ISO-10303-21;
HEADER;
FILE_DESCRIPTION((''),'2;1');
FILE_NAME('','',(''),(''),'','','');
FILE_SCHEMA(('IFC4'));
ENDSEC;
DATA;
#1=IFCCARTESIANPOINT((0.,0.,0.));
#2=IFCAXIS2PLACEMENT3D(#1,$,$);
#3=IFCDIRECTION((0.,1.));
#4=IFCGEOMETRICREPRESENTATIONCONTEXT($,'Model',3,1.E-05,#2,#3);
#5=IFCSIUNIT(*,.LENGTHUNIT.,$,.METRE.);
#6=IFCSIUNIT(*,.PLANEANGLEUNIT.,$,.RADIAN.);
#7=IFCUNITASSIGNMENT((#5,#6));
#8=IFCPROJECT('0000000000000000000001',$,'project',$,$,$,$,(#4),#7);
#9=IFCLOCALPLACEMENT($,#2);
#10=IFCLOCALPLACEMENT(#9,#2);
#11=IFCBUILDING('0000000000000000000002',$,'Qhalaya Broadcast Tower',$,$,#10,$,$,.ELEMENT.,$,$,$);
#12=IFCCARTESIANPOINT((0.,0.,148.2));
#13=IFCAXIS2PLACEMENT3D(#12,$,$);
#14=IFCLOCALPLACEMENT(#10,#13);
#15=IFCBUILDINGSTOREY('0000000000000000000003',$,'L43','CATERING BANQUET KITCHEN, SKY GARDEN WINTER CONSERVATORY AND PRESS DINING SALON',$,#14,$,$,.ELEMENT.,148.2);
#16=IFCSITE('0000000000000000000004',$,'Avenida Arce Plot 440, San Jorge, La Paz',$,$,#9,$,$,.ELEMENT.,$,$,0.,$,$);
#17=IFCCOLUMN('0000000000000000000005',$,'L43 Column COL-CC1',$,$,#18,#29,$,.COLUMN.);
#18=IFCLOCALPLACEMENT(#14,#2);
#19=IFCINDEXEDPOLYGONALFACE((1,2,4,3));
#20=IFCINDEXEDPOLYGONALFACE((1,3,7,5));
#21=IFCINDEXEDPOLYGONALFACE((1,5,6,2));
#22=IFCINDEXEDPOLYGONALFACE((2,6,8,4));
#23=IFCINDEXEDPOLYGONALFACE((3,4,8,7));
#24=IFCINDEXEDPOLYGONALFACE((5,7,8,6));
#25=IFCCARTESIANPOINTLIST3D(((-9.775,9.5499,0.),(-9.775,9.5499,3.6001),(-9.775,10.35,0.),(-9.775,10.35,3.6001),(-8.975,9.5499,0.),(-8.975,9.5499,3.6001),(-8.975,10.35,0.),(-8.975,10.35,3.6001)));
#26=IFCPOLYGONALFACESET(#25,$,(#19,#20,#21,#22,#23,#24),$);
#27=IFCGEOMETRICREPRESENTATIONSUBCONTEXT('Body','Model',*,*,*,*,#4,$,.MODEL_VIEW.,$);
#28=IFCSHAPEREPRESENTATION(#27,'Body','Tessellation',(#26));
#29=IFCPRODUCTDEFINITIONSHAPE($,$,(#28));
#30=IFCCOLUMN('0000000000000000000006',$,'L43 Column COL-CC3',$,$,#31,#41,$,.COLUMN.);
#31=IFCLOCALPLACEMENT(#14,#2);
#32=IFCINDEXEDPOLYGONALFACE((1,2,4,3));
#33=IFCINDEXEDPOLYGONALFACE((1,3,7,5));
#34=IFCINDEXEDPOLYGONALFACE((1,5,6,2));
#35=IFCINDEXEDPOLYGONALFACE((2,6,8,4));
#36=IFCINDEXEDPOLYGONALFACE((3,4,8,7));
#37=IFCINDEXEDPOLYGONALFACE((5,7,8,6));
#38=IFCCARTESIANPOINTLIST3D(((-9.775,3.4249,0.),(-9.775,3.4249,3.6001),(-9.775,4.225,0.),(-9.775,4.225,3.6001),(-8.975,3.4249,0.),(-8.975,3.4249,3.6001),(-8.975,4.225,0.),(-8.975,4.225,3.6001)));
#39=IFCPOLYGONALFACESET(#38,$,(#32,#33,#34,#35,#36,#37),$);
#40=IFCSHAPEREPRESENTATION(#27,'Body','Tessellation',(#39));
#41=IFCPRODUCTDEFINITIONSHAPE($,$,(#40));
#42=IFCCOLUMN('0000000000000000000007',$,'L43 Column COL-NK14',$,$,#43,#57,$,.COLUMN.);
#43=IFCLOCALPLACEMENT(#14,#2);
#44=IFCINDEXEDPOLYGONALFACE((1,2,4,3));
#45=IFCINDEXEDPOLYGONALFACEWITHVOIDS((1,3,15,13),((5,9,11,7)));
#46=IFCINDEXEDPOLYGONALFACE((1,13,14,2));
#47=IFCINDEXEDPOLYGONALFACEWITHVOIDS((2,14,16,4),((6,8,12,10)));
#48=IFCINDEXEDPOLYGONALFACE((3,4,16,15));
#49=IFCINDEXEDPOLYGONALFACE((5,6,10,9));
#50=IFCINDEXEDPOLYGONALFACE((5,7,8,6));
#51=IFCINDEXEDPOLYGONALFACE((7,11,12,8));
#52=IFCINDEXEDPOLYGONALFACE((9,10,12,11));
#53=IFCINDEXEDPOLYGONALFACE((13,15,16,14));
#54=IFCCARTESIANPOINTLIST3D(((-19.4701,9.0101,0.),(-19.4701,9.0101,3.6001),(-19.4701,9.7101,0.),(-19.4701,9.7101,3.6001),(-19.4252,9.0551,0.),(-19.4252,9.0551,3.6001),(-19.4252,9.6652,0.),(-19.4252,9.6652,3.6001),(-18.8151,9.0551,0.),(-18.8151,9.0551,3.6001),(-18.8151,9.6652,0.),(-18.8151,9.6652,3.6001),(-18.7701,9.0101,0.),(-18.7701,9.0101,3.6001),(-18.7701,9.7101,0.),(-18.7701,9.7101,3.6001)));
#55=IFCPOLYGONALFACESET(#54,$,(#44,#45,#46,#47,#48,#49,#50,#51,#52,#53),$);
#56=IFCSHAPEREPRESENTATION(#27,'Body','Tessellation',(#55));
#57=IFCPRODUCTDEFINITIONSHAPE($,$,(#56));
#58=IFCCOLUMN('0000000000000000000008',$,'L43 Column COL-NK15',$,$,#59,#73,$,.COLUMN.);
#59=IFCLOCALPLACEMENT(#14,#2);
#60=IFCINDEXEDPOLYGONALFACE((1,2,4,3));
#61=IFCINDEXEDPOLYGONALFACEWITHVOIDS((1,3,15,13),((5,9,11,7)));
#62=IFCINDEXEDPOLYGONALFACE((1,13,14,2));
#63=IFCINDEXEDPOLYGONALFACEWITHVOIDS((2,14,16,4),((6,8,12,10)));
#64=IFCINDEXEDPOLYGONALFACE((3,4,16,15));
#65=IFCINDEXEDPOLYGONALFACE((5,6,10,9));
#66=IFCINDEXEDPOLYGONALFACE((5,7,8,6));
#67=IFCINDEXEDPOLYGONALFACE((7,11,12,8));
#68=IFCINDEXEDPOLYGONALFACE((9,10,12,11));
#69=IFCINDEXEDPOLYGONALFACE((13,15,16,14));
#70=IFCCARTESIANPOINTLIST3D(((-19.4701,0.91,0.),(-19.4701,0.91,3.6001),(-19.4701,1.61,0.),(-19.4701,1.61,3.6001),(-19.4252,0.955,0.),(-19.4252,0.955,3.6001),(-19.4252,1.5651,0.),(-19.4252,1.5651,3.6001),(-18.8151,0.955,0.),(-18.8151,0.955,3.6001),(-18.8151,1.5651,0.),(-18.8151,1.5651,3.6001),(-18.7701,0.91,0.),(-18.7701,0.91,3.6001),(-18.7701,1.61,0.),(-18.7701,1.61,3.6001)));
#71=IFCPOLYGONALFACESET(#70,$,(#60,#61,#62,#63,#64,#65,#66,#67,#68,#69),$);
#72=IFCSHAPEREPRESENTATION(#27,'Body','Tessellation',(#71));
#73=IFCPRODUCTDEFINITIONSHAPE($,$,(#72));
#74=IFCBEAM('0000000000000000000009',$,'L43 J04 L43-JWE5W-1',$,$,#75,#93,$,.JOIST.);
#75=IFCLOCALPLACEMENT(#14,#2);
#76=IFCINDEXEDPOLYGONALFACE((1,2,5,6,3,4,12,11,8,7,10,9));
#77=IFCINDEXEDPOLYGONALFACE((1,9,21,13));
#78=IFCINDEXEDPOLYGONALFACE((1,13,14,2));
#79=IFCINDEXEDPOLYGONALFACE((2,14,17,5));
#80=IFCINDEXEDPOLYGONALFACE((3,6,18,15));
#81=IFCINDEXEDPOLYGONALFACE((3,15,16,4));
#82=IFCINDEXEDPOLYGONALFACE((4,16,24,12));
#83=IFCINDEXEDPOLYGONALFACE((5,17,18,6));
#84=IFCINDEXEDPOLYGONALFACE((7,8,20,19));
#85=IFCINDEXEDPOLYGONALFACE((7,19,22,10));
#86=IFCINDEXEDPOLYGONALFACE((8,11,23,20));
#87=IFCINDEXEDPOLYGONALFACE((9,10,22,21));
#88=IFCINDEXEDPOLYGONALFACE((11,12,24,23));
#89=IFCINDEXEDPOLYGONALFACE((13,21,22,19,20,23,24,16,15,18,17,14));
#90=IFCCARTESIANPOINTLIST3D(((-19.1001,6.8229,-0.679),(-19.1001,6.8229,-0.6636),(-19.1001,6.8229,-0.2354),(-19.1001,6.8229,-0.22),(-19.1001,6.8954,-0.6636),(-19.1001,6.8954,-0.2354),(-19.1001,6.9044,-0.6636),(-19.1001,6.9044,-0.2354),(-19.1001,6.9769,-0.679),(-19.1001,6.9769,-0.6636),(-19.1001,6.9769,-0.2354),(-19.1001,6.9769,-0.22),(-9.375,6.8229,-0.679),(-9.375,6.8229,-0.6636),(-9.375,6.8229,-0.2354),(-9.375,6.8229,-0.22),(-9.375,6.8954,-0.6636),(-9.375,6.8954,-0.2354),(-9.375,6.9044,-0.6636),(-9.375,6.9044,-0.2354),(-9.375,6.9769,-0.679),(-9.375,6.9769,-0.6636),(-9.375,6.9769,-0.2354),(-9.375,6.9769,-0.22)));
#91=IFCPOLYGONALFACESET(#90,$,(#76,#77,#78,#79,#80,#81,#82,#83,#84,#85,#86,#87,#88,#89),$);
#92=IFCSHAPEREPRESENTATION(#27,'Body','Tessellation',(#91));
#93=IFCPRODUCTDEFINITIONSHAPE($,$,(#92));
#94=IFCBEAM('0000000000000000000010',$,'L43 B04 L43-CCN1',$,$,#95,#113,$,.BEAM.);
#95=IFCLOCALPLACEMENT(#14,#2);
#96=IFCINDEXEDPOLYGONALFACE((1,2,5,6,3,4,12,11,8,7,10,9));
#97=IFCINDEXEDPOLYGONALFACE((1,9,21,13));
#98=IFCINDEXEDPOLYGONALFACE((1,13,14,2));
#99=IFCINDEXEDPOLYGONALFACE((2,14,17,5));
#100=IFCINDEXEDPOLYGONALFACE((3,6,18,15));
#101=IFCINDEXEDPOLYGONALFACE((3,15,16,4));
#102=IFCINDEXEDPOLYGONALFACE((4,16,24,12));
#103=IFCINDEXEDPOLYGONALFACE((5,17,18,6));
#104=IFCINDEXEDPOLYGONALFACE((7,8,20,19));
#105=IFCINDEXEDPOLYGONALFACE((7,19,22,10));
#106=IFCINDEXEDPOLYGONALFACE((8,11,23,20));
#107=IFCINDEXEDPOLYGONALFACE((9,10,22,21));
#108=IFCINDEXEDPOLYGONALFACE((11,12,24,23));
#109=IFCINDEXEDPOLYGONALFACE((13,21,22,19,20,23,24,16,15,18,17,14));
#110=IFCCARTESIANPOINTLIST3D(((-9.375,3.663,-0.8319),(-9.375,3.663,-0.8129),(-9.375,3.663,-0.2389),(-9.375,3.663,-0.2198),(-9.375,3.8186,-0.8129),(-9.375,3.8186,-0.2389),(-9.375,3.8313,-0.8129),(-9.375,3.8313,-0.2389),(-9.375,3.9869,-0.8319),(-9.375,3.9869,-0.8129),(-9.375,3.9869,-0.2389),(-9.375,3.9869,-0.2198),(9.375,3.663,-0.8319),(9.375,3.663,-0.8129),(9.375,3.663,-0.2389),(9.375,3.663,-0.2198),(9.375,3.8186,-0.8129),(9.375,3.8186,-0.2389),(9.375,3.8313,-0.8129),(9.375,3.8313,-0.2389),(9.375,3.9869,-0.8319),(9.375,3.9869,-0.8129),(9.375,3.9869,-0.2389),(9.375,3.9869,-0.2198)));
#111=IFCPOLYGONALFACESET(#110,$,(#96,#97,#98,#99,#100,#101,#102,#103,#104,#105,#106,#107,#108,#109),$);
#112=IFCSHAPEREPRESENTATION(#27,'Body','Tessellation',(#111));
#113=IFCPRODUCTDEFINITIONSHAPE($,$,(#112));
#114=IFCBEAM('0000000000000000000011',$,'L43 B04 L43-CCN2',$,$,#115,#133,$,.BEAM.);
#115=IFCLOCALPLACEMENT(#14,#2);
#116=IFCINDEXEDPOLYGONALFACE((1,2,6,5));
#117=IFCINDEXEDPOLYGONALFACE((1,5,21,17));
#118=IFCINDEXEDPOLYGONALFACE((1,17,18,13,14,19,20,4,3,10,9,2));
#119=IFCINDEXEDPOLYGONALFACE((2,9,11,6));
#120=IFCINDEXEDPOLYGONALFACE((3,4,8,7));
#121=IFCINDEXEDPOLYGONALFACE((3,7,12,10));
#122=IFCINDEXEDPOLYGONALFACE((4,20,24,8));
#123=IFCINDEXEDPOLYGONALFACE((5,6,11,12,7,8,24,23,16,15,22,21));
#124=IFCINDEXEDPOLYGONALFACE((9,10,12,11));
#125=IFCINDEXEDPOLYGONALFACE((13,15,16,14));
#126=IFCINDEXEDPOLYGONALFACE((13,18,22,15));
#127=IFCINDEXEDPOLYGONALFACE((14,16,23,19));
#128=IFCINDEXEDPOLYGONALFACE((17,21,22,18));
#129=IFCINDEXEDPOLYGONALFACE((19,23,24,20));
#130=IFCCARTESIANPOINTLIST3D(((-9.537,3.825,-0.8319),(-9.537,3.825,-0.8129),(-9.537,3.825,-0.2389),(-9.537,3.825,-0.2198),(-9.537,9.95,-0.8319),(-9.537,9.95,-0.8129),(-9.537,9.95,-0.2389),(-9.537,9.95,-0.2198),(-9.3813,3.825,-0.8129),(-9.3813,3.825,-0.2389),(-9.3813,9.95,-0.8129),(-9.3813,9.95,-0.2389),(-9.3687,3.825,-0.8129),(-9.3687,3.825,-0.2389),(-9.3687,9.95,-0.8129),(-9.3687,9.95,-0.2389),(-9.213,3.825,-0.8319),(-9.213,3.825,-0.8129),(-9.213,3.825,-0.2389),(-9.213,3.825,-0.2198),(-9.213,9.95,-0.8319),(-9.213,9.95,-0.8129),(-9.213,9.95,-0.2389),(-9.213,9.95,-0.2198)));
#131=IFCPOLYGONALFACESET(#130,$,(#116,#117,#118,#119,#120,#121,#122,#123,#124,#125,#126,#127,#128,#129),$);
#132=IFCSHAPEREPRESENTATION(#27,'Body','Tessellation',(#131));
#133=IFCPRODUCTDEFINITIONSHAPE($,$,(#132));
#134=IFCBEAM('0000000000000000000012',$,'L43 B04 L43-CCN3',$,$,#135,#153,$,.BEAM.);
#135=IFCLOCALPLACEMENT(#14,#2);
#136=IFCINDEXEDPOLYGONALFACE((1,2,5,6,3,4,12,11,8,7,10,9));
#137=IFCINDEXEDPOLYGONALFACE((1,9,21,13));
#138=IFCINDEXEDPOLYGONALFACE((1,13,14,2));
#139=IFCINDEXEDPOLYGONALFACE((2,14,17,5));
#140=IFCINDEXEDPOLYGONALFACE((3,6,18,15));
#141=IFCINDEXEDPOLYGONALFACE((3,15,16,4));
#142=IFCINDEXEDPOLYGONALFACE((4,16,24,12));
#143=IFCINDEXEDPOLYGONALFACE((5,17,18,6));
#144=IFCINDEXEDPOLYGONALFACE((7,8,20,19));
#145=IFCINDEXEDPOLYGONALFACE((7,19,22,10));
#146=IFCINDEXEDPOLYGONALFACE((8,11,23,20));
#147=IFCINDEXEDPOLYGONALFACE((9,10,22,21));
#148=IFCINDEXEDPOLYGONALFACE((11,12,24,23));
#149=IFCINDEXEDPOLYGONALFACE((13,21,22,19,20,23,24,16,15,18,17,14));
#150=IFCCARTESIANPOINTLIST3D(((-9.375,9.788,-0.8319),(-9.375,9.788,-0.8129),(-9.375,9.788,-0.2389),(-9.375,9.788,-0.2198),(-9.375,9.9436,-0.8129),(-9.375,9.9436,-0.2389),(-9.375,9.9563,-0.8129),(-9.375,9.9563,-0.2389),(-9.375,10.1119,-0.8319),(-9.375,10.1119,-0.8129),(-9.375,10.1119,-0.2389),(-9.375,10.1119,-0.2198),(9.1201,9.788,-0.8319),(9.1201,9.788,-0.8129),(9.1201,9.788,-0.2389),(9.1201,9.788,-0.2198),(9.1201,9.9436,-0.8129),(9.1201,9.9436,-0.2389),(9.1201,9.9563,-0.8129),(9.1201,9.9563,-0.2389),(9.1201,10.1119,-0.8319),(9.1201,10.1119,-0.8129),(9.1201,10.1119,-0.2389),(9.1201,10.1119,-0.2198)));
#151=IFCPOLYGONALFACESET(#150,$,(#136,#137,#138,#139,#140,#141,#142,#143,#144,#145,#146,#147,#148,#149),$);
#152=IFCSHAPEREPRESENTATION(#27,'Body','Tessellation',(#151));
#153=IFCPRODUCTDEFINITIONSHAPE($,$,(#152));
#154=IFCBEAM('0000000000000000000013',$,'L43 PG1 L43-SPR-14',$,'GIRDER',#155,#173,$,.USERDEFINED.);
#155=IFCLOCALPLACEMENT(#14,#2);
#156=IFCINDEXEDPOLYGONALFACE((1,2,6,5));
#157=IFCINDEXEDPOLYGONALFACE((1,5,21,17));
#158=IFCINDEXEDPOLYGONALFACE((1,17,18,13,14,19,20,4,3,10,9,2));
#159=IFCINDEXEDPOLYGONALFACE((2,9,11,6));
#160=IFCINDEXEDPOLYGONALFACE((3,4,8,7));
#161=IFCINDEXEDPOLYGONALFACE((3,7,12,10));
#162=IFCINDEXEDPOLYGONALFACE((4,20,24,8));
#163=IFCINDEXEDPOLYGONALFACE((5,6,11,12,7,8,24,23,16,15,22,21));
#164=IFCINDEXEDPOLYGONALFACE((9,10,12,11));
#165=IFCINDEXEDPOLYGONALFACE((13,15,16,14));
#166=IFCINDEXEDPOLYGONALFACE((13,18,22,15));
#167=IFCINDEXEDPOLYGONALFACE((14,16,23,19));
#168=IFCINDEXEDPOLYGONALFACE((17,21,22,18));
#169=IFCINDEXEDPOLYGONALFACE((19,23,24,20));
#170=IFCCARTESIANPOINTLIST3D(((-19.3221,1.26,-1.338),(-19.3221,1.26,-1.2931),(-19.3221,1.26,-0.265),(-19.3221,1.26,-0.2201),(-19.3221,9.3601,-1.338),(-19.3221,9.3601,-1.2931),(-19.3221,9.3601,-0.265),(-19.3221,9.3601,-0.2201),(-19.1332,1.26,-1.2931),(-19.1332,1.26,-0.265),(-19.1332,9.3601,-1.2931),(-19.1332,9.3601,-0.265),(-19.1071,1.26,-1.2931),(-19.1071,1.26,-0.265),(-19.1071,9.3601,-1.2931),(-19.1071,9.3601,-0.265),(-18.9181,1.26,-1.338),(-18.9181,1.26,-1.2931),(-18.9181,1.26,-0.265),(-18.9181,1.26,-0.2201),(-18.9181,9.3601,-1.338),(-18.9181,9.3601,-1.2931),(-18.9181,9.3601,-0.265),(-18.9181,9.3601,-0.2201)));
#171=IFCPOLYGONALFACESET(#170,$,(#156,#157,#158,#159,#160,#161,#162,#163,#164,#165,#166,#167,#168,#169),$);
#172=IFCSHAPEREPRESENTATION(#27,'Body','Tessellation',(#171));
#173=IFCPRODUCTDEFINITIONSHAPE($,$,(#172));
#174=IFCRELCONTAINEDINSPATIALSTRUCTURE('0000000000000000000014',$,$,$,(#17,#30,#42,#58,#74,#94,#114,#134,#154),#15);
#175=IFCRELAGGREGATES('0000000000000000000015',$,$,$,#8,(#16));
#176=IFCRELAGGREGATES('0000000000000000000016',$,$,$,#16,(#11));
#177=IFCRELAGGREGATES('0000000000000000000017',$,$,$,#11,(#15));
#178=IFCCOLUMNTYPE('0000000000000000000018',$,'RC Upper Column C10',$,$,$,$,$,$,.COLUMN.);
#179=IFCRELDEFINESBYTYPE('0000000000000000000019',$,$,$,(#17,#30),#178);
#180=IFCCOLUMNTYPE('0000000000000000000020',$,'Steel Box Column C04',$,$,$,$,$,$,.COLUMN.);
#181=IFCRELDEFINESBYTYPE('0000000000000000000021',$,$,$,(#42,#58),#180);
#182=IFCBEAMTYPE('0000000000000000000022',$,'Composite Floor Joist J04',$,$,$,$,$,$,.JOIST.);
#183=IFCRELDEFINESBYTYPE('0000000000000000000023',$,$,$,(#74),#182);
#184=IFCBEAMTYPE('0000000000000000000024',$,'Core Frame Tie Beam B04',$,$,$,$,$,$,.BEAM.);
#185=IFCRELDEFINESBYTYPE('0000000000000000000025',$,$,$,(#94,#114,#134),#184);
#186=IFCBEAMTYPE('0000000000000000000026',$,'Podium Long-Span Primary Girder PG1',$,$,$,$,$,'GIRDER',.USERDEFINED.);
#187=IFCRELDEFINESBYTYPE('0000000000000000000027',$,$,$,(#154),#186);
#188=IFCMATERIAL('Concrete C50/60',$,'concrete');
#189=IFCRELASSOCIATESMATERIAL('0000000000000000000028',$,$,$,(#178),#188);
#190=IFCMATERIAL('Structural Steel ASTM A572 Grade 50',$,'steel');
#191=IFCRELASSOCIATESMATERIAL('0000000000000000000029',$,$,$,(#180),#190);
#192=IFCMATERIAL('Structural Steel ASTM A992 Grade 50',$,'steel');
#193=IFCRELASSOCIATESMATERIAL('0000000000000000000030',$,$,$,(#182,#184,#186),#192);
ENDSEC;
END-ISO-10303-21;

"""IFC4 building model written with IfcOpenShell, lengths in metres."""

from ifc_helpers import new_model, si_unit, direction, frame, origin, origin_2d, place, context, subcontext, project, spatial, rectangle, hollow_rectangle, i_section, extrude, material, material_profile, profile_set, type_object, element, save


model = new_model("IFC4")

# Units and contexts
model_context = context("Model", 3, precision=1e-05, world=origin(), true_north=direction((0.0, 1.0)))
body_context = subcontext(model_context, "Body", "Model", "MODEL_VIEW")
ifc_project = project(units=[si_unit("LENGTHUNIT", "METRE"), si_unit("PLANEANGLEUNIT", "RADIAN")], contexts=[model_context])

# Site, building, storey
site_placement = place(None, origin())
site = spatial("IfcSite", under=ifc_project, at=site_placement, Name="Avenida Arce Plot 440, San Jorge, La Paz", CompositionType="ELEMENT", RefElevation=0.0)
building_placement = place(site_placement, origin())
building = spatial("IfcBuilding", under=site, at=building_placement, Name="Qhalaya Broadcast Tower", CompositionType="ELEMENT")
storey_placement = place(building_placement, frame((0.0, 0.0, 148.2)))
storey = spatial("IfcBuildingStorey", under=building, at=storey_placement, Name="L43", Description="CATERING BANQUET KITCHEN, SKY GARDEN WINTER CONSERVATORY AND PRESS DINING SALON", CompositionType="ELEMENT", Elevation=148.2)

# Columns
ifc_material_1 = material(Name="Concrete C50/60", Category="concrete")
ifc_material_profile_1 = material_profile(ifc_material_1, rectangle(XDim=0.8, YDim=0.8, at=origin_2d()), Name="RC-COL 800x800")
ifc_profile_set_1 = profile_set([ifc_material_profile_1], Name="Concrete C50/60")
column_type_1 = type_object("IfcColumnType", Name="RC Upper Column C10", PredefinedType="COLUMN", material=ifc_profile_set_1)
for number, where, z_axis, x_axis, name in (
    (1, (-9.375, 9.95, 0.0), (0.0, 0.0, 1.0), (1.0, 0.0, 0.0), "L43 Column COL-CC1"),
    (2, (-9.375, 3.825, 0.0), (0.0, 0.0, 1.0), (1.0, 0.0, 0.0), "L43 Column COL-CC3"),
):
    element("IfcColumn", number, at=place(storey_placement, frame(where, z_axis=z_axis, x_axis=x_axis)), inside=storey, type_object=column_type_1, Name=name, PredefinedType="COLUMN", context=body_context, shape_type="SweptSolid", body=[
        extrude(rectangle(XDim=0.8, YDim=0.8, at=origin_2d()), origin(), (0.0, 0.0, 1.0), 3.6001),
    ])
ifc_material_2 = material(Name="Structural Steel ASTM A572 Grade 50", Category="steel")
ifc_material_profile_2 = material_profile(ifc_material_2, hollow_rectangle(XDim=0.7, YDim=0.7, WallThickness=0.0449, at=origin_2d()), Name="BOX 700x700x45")
ifc_profile_set_2 = profile_set([ifc_material_profile_2], Name="Structural Steel ASTM A572 Grade 50")
column_type_2 = type_object("IfcColumnType", Name="Steel Box Column C04", PredefinedType="COLUMN", material=ifc_profile_set_2)
for number, where, z_axis, x_axis, name in (
    (3, (-19.1201, 9.3601, 0.0), (0.0, 0.0, 1.0), (0.0, 1.0, 0.0), "L43 Column COL-NK14"),
    (4, (-19.1201, 1.26, 0.0), (0.0, 0.0, 1.0), (0.0, 1.0, 0.0), "L43 Column COL-NK15"),
):
    element("IfcColumn", number, at=place(storey_placement, frame(where, z_axis=z_axis, x_axis=x_axis)), inside=storey, type_object=column_type_2, Name=name, PredefinedType="COLUMN", context=body_context, shape_type="SweptSolid", body=[
        extrude(hollow_rectangle(XDim=0.7, YDim=0.7, WallThickness=0.0449, at=origin_2d()), origin(), (0.0, 0.0, 1.0), 3.6001),
    ])

# Beams
ifc_material_3 = material(Name="Structural Steel ASTM A992 Grade 50", Category="steel")
ifc_material_profile_3 = material_profile(ifc_material_3, i_section(OverallWidth=0.1541, OverallDepth=0.459, WebThickness=0.009, FlangeThickness=0.0154, at=origin_2d()), Name="W18X46")
ifc_profile_set_3 = profile_set([ifc_material_profile_3], Name="Structural Steel ASTM A992 Grade 50")
beam_type_1 = type_object("IfcBeamType", Name="Composite Floor Joist J04", PredefinedType="JOIST", material=ifc_profile_set_3)
beam_1_placement = place(storey_placement, frame((-19.1001, 6.8999, -0.4495), z_axis=(1.0, 0.0, 0.0), x_axis=(0.0, 1.0, 0.0)))
element("IfcBeam", 5, at=beam_1_placement, inside=storey, type_object=beam_type_1, Name="L43 J04 L43-JWE5W-1", PredefinedType="JOIST", context=body_context, shape_type="SweptSolid", body=[
    extrude(i_section(OverallWidth=0.1541, OverallDepth=0.459, WebThickness=0.009, FlangeThickness=0.0154, at=origin_2d()), origin(), (0.0, 0.0, 1.0), 9.7251),
])
ifc_material_profile_4 = material_profile(ifc_material_3, i_section(OverallWidth=0.324, OverallDepth=0.6121, WebThickness=0.0127, FlangeThickness=0.019, at=origin_2d()), Name="W24X104")
ifc_profile_set_4 = profile_set([ifc_material_profile_4], Name="Structural Steel ASTM A992 Grade 50")
beam_type_2 = type_object("IfcBeamType", Name="Core Frame Tie Beam B04", PredefinedType="BEAM", material=ifc_profile_set_4)
beam_2_placement = place(storey_placement, frame((-9.375, 3.825, -0.5259), z_axis=(1.0, 0.0, 0.0), x_axis=(0.0, 1.0, 0.0)))
element("IfcBeam", 6, at=beam_2_placement, inside=storey, type_object=beam_type_2, Name="L43 B04 L43-CCN1", PredefinedType="BEAM", context=body_context, shape_type="SweptSolid", body=[
    extrude(i_section(OverallWidth=0.324, OverallDepth=0.6121, WebThickness=0.0127, FlangeThickness=0.019, at=origin_2d()), origin(), (0.0, 0.0, 1.0), 18.75),
])
beam_3_placement = place(storey_placement, frame((-9.375, 3.825, -0.5259), z_axis=(0.0, 1.0, 0.0), x_axis=(-1.0, 0.0, 0.0)))
element("IfcBeam", 7, at=beam_3_placement, inside=storey, type_object=beam_type_2, Name="L43 B04 L43-CCN2", PredefinedType="BEAM", context=body_context, shape_type="SweptSolid", body=[
    extrude(i_section(OverallWidth=0.324, OverallDepth=0.6121, WebThickness=0.0127, FlangeThickness=0.019, at=origin_2d()), origin(), (0.0, 0.0, 1.0), 6.125),
])
beam_4_placement = place(storey_placement, frame((-9.375, 9.95, -0.5259), z_axis=(1.0, 0.0, 0.0), x_axis=(0.0, 1.0, 0.0)))
element("IfcBeam", 8, at=beam_4_placement, inside=storey, type_object=beam_type_2, Name="L43 B04 L43-CCN3", PredefinedType="BEAM", context=body_context, shape_type="SweptSolid", body=[
    extrude(i_section(OverallWidth=0.324, OverallDepth=0.6121, WebThickness=0.0127, FlangeThickness=0.019, at=origin_2d()), origin(), (0.0, 0.0, 1.0), 18.4951),
])
ifc_material_profile_5 = material_profile(ifc_material_3, i_section(OverallWidth=0.4041, OverallDepth=1.1179, WebThickness=0.0261, FlangeThickness=0.0449, at=origin_2d()), Name="W44X335")
ifc_profile_set_5 = profile_set([ifc_material_profile_5], Name="Structural Steel ASTM A992 Grade 50")
beam_type_3 = type_object("IfcBeamType", Name="Podium Long-Span Primary Girder PG1", ElementType="GIRDER", PredefinedType="USERDEFINED", material=ifc_profile_set_5)
beam_5_placement = place(storey_placement, frame((-19.1201, 9.3601, -0.7791), z_axis=(0.0, -1.0, 0.0), x_axis=(1.0, 0.0, 0.0)))
element("IfcBeam", 9, at=beam_5_placement, inside=storey, type_object=beam_type_3, Name="L43 PG1 L43-SPR-14", ObjectType="GIRDER", PredefinedType="USERDEFINED", context=body_context, shape_type="SweptSolid", body=[
    extrude(i_section(OverallWidth=0.4041, OverallDepth=1.1179, WebThickness=0.0261, FlangeThickness=0.0449, at=origin_2d()), origin(), (0.0, 0.0, 1.0), 8.1001),
])

save(model, "model.ifc")
